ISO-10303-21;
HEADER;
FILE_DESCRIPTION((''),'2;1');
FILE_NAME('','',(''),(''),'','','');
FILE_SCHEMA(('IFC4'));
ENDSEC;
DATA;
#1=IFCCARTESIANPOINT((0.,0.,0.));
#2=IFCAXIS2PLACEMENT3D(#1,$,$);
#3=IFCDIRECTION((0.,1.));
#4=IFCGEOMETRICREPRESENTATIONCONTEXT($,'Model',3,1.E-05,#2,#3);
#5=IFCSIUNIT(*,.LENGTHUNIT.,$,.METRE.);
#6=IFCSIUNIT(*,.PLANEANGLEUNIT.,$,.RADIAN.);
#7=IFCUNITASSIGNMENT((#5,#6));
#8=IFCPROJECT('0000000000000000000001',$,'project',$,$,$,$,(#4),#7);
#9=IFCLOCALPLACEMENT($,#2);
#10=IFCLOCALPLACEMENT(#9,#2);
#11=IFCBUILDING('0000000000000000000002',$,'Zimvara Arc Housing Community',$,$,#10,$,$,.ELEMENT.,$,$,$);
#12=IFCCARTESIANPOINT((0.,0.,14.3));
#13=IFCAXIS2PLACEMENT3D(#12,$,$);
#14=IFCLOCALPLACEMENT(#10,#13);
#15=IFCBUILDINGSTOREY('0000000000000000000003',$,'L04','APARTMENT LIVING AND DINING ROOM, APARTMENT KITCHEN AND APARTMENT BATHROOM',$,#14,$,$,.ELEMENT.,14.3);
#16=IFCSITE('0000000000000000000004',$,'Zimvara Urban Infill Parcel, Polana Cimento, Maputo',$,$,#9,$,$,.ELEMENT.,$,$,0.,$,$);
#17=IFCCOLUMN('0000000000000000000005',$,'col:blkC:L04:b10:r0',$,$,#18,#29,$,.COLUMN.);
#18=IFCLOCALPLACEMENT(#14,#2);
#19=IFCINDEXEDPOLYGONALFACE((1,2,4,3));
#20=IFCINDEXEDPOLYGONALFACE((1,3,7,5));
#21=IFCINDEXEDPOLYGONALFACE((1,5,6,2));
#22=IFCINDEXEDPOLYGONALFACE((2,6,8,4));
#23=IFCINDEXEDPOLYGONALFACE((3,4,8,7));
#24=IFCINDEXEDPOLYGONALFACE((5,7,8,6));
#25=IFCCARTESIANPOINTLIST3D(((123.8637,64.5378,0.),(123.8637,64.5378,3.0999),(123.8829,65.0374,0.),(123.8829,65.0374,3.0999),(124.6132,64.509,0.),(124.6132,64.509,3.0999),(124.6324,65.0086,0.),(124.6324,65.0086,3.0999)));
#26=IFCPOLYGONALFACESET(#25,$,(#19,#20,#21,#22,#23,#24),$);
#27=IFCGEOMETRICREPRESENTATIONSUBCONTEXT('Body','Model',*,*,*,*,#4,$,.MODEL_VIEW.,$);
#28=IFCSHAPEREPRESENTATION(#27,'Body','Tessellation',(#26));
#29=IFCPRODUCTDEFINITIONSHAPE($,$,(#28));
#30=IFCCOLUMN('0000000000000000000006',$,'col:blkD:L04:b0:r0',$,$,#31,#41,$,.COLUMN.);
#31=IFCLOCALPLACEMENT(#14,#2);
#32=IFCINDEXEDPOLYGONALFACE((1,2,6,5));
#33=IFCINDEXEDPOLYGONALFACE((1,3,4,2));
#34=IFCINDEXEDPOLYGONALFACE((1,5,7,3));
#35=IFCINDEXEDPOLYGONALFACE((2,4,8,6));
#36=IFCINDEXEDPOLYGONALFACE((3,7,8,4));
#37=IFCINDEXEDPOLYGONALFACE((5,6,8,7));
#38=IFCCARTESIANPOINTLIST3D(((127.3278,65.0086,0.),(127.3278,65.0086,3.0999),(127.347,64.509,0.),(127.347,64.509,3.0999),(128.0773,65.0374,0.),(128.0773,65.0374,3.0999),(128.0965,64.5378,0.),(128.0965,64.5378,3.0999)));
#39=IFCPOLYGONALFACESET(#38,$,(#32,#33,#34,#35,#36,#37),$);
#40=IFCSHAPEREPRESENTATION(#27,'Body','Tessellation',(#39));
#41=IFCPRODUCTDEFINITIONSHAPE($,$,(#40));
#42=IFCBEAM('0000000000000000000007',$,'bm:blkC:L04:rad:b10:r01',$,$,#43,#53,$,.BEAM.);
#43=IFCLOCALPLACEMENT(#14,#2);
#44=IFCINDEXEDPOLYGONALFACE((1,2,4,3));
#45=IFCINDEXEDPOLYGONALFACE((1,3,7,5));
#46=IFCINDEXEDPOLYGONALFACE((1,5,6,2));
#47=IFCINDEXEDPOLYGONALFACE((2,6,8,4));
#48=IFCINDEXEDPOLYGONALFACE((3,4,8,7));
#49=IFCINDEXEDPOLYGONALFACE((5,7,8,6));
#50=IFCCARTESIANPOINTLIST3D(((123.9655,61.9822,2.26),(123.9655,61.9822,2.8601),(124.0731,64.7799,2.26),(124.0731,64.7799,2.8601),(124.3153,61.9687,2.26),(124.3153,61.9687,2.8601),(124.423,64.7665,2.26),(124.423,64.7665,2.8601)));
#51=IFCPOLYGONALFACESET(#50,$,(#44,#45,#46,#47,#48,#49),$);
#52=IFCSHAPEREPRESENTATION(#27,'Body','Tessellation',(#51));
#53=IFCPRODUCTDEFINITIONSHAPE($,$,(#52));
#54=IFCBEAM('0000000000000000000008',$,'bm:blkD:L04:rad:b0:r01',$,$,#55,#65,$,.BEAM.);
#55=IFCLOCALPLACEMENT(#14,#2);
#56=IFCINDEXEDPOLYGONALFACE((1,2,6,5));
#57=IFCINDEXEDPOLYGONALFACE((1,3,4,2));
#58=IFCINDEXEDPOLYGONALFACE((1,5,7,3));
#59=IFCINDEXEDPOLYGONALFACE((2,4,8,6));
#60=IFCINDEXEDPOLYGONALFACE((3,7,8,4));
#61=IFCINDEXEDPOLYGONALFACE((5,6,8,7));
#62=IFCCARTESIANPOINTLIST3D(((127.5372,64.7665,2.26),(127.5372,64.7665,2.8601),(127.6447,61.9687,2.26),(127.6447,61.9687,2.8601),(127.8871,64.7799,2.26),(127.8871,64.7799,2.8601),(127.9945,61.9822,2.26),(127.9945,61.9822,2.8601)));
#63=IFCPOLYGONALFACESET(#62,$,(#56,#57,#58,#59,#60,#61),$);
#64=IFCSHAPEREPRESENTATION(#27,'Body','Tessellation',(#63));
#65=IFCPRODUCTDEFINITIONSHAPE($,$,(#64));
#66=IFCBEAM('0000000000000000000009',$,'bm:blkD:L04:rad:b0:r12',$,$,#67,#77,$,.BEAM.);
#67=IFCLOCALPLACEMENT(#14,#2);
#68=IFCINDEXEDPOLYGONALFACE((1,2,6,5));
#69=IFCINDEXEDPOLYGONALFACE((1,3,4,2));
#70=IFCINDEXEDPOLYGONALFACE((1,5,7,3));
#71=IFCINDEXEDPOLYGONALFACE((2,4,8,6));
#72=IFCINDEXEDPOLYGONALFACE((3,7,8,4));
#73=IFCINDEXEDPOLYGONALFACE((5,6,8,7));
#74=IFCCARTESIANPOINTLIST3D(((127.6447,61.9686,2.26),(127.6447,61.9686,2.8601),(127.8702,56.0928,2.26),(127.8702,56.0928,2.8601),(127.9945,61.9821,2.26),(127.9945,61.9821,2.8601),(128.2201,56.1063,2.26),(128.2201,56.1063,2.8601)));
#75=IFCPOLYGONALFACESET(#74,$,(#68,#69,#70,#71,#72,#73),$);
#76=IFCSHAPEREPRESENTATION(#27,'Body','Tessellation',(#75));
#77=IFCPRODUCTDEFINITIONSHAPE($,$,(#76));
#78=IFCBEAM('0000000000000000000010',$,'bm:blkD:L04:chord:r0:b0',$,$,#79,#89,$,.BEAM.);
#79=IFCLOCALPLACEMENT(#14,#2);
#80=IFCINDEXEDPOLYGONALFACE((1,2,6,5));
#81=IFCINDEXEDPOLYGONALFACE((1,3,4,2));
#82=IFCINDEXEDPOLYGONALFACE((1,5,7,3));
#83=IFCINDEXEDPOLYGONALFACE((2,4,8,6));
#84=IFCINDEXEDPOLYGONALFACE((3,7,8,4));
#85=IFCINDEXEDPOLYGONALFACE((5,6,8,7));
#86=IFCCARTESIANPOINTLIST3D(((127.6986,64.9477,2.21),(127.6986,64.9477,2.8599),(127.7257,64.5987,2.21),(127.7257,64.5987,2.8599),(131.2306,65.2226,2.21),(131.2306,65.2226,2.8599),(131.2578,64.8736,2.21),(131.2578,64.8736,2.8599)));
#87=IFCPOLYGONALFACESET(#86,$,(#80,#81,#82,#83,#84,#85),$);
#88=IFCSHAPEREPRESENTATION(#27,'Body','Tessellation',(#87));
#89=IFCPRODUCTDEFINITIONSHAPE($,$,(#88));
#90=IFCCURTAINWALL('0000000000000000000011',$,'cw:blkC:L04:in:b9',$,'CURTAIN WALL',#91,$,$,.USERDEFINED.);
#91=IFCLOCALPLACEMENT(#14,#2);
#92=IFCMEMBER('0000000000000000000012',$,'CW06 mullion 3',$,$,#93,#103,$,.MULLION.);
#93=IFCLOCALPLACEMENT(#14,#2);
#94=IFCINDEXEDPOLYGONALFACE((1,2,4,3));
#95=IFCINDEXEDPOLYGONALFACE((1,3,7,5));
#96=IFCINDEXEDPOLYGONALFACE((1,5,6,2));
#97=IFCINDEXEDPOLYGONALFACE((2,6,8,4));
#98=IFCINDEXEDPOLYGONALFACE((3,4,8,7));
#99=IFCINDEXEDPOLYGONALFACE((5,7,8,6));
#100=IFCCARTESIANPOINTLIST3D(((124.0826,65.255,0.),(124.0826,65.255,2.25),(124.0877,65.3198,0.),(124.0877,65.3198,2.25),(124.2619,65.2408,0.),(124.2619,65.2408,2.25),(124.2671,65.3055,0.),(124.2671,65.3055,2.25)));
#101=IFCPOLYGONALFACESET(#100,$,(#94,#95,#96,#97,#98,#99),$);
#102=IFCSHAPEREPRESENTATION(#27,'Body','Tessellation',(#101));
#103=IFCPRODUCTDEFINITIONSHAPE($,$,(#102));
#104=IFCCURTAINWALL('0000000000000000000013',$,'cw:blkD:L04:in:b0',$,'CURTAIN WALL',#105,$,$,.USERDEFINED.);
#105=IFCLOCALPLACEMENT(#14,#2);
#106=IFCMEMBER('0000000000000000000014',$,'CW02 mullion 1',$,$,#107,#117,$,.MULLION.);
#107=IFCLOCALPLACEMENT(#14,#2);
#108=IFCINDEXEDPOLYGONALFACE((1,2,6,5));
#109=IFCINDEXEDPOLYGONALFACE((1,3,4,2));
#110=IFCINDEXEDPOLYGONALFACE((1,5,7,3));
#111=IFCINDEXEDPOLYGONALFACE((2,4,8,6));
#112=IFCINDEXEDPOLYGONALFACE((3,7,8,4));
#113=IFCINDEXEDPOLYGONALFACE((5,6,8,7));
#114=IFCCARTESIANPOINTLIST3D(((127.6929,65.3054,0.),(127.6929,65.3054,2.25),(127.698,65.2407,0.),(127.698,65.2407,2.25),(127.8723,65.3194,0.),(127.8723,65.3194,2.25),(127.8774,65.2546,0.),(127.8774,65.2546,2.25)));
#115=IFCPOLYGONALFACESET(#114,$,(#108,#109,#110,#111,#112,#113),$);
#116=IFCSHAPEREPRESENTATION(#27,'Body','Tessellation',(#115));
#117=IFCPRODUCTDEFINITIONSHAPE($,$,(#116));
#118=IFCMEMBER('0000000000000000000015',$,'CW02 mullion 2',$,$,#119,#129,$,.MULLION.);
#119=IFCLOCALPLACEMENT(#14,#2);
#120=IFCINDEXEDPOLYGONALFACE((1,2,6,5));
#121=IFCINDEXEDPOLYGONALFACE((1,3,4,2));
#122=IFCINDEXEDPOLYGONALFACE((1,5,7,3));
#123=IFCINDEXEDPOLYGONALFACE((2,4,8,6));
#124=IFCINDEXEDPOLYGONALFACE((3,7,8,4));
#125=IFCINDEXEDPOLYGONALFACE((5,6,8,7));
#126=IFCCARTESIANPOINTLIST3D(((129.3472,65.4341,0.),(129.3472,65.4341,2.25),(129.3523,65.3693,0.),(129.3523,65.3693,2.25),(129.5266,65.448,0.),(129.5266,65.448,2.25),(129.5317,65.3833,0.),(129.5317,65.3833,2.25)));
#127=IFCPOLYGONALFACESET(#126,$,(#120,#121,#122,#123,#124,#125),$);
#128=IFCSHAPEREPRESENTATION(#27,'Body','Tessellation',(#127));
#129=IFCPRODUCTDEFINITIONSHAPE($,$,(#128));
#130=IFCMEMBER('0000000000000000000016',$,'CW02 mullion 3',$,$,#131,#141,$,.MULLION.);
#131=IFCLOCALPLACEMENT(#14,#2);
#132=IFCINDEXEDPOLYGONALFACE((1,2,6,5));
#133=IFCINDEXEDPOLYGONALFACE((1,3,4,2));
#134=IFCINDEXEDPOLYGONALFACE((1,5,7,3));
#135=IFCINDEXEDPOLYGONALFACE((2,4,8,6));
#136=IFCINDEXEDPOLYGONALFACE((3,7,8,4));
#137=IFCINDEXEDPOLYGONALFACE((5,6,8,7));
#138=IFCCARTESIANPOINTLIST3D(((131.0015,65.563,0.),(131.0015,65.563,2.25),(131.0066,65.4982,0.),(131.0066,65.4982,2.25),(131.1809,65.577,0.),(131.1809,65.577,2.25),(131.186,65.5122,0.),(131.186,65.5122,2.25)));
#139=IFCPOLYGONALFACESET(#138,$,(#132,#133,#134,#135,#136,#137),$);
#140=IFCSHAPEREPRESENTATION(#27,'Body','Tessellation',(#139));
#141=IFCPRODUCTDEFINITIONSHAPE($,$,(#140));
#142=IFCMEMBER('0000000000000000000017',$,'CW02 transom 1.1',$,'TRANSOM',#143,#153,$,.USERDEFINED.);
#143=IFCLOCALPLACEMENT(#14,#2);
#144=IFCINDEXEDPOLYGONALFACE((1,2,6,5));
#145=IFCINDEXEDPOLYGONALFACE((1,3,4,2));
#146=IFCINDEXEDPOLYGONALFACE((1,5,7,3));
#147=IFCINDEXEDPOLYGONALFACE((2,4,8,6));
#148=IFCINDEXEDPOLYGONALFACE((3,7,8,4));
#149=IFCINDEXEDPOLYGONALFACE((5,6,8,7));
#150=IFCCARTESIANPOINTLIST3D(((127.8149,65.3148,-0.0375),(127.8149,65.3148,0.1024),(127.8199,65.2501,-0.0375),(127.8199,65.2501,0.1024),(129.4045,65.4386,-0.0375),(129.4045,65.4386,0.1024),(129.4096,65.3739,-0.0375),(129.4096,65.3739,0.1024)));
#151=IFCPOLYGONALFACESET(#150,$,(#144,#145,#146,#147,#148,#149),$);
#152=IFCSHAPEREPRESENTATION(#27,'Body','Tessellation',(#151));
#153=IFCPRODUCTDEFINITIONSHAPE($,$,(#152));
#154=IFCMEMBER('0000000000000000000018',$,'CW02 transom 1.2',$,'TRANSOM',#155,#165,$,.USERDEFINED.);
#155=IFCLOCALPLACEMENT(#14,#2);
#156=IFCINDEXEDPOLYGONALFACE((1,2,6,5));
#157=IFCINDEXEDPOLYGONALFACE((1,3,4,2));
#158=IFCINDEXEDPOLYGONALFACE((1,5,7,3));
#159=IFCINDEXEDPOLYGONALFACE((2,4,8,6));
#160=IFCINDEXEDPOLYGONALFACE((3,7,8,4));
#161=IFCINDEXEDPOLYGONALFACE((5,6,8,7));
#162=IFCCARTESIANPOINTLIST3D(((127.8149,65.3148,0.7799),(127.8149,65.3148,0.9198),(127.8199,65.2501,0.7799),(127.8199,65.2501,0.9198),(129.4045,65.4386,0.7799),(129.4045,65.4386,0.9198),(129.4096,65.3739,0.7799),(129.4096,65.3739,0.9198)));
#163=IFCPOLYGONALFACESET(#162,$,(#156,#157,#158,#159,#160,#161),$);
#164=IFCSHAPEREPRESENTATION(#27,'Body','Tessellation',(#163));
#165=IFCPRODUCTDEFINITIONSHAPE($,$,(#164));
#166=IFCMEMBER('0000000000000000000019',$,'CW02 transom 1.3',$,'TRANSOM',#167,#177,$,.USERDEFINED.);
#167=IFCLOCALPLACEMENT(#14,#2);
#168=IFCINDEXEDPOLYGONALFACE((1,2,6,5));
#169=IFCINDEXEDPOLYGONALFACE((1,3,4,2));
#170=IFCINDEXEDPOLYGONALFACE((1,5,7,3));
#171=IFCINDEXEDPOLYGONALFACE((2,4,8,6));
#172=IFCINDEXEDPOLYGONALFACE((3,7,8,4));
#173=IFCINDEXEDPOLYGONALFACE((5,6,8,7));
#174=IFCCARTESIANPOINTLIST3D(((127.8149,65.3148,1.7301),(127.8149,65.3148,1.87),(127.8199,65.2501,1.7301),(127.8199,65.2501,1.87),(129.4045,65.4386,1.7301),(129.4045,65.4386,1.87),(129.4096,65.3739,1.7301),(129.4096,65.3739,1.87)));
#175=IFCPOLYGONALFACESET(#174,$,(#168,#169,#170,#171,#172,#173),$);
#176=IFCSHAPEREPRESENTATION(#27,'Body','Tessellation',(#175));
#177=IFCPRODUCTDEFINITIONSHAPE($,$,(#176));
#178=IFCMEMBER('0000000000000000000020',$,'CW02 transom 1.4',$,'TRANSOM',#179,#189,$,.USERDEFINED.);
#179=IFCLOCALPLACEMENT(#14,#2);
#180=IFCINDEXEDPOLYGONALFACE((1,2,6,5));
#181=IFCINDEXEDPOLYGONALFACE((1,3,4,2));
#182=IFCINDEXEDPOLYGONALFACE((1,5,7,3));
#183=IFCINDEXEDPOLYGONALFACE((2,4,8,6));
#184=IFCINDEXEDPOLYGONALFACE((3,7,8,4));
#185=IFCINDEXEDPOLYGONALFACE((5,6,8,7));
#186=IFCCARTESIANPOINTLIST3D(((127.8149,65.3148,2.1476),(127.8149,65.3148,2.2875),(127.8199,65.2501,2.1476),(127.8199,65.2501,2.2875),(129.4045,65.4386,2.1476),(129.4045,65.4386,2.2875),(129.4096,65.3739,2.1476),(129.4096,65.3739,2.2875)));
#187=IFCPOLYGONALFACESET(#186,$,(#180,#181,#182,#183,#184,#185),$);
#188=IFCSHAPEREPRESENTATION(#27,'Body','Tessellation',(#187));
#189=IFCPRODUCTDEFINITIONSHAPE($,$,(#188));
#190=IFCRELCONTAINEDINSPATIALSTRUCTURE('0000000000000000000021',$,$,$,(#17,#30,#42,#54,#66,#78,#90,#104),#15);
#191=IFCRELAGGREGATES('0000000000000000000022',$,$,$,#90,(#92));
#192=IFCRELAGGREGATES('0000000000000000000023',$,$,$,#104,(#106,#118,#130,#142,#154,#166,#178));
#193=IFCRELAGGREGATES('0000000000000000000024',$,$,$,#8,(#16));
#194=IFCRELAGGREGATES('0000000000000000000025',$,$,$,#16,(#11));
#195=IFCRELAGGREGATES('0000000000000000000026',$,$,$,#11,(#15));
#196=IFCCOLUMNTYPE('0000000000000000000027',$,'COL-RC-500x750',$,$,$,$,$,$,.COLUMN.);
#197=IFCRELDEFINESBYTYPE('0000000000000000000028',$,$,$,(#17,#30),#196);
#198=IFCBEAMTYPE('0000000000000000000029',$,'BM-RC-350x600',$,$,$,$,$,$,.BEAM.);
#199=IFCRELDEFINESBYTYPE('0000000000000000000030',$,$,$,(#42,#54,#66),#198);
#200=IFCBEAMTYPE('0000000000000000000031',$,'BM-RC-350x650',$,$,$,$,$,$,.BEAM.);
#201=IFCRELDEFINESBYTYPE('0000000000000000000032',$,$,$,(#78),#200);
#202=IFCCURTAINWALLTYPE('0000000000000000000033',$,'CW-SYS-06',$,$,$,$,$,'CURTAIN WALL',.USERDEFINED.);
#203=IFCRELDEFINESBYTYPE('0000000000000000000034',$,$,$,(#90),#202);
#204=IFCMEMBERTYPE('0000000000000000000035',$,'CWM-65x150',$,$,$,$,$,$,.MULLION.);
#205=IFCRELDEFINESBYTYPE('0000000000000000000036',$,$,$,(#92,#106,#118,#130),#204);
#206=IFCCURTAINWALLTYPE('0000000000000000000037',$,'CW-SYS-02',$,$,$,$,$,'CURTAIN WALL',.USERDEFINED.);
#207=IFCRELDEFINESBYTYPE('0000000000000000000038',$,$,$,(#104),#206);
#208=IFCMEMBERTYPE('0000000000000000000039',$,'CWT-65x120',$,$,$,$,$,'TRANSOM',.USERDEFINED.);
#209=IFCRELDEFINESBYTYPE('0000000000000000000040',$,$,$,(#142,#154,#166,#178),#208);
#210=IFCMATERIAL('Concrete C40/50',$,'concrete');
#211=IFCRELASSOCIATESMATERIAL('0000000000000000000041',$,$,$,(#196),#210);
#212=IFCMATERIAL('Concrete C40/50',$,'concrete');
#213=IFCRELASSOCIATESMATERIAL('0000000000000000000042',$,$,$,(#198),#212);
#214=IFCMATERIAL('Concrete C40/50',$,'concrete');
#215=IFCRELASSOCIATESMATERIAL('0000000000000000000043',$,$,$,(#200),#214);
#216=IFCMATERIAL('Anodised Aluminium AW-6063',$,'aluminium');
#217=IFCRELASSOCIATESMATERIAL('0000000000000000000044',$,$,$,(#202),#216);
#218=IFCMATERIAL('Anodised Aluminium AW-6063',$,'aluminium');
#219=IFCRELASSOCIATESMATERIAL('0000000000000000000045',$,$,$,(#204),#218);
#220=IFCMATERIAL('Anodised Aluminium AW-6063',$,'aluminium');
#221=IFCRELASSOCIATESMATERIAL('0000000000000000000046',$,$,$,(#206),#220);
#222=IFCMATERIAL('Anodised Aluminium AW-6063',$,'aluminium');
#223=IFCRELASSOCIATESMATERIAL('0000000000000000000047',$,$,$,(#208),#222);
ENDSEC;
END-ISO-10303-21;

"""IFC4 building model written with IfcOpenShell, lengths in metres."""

from ifc_helpers import new_model, si_unit, direction, frame, origin, origin_2d, place, context, subcontext, project, spatial, rectangle, extrude, material, material_profile, profile_set, type_object, element, aggregate, save


model = new_model("IFC4")

# Units and contexts
model_context = context("Model", 3, precision=1e-05, world=origin(), true_north=direction((0.0, 1.0)))
body_context = subcontext(model_context, "Body", "Model", "MODEL_VIEW")
ifc_project = project(units=[si_unit("LENGTHUNIT", "METRE"), si_unit("PLANEANGLEUNIT", "RADIAN")], contexts=[model_context])

# Site, building, storey
site_placement = place(None, origin())
site = spatial("IfcSite", under=ifc_project, at=site_placement, Name="Zimvara Urban Infill Parcel, Polana Cimento, Maputo", CompositionType="ELEMENT", RefElevation=0.0)
building_placement = place(site_placement, origin())
building = spatial("IfcBuilding", under=site, at=building_placement, Name="Zimvara Arc Housing Community", CompositionType="ELEMENT")
storey_placement = place(building_placement, frame((0.0, 0.0, 14.3)))
storey = spatial("IfcBuildingStorey", under=building, at=storey_placement, Name="L04", Description="APARTMENT LIVING AND DINING ROOM, APARTMENT KITCHEN AND APARTMENT BATHROOM", CompositionType="ELEMENT", Elevation=14.3)

# Columns
ifc_material_1 = material(Name="Concrete C40/50", Category="concrete")
ifc_material_profile_1 = material_profile(ifc_material_1, rectangle(XDim=0.5, YDim=0.75, at=origin_2d()), Name="RC 500x750")
ifc_profile_set_1 = profile_set([ifc_material_profile_1], Name="Concrete C40/50")
column_type = type_object("IfcColumnType", Name="COL-RC-500x750", PredefinedType="COLUMN", material=ifc_profile_set_1)
for number, where, z_axis, x_axis, name in (
    (1, (124.248, 64.7732, 0.0), (0.0, 0.0, 1.0), (-0.038388, -0.999263, 0.0), "col:blkC:L04:b10:r0"),
    (2, (127.7122, 64.7732, 0.0), (0.0, 0.0, 1.0), (0.038388, -0.999263, 0.0), "col:blkD:L04:b0:r0"),
):
    element("IfcColumn", number, at=place(storey_placement, frame(where, z_axis=z_axis, x_axis=x_axis)), inside=storey, type_object=column_type, Name=name, PredefinedType="COLUMN", context=body_context, shape_type="SweptSolid", body=[
        extrude(rectangle(XDim=0.5, YDim=0.75, at=origin_2d()), origin(), (0.0, 0.0, 1.0), 3.0999),
    ])

# Beams
ifc_material_2 = material(Name="Concrete C40/50", Category="concrete")
ifc_material_profile_2 = material_profile(ifc_material_2, rectangle(XDim=0.3501, YDim=0.6001, at=origin_2d()), Name="RC 350x600")
ifc_profile_set_2 = profile_set([ifc_material_profile_2], Name="Concrete C40/50")
beam_type_1 = type_object("IfcBeamType", Name="BM-RC-350x600", PredefinedType="BEAM", material=ifc_profile_set_2)
for number, where, z_axis, x_axis, name in (
    (3, (124.248, 64.7732, 2.5601), (-0.038453, -0.99926, 0.0), (0.99926, -0.038453, 0.0), "bm:blkC:L04:rad:b10:r01"),
    (4, (127.7122, 64.7732, 2.5601), (0.038366, -0.999264, 0.0), (0.999264, 0.038366, 0.0), "bm:blkD:L04:rad:b0:r01"),
):
    element("IfcBeam", number, at=place(storey_placement, frame(where, z_axis=z_axis, x_axis=x_axis)), inside=storey, type_object=beam_type_1, Name=name, PredefinedType="BEAM", context=body_context, shape_type="SweptSolid", body=[
        extrude(rectangle(XDim=0.3501, YDim=0.6001, at=origin_2d()), origin(), (0.0, 0.0, 1.0), 2.7998),
    ])
beam_1_placement = place(storey_placement, frame((127.8196, 61.9753, 2.5601), z_axis=(0.038365, -0.999264, 0.0), x_axis=(0.999264, 0.038365, 0.0)))
element("IfcBeam", 5, at=beam_1_placement, inside=storey, type_object=beam_type_1, Name="bm:blkD:L04:rad:b0:r12", PredefinedType="BEAM", context=body_context, shape_type="SweptSolid", body=[
    extrude(rectangle(XDim=0.3501, YDim=0.6001, at=origin_2d()), origin(), (0.0, 0.0, 1.0), 5.8801),
])
ifc_material_3 = material(Name="Concrete C40/50", Category="concrete")
ifc_material_profile_3 = material_profile(ifc_material_3, rectangle(XDim=0.3501, YDim=0.6499, at=origin_2d()), Name="RC 350x650")
ifc_profile_set_3 = profile_set([ifc_material_profile_3], Name="Concrete C40/50")
beam_type_2 = type_object("IfcBeamType", Name="BM-RC-350x650", PredefinedType="BEAM", material=ifc_profile_set_3)
beam_2_placement = place(storey_placement, frame((127.7122, 64.7732, 2.5349), z_axis=(0.996985, 0.077598, 0.0), x_axis=(-0.077598, 0.996985, 0.0)))
element("IfcBeam", 6, at=beam_2_placement, inside=storey, type_object=beam_type_2, Name="bm:blkD:L04:chord:r0:b0", PredefinedType="BEAM", context=body_context, shape_type="SweptSolid", body=[
    extrude(rectangle(XDim=0.3501, YDim=0.6499, at=origin_2d()), origin(), (0.0, 0.0, 1.0), 3.5427),
])

# Curtain wall, member
ifc_material_4 = material(Name="Anodised Aluminium AW-6063", Category="aluminium")
curtain_wall_type_1 = type_object("IfcCurtainWallType", Name="CW-SYS-06", ElementType="CURTAIN WALL", PredefinedType="USERDEFINED", material=ifc_material_4)
curtain_wall_1_placement = place(storey_placement, origin())
curtain_wall_1 = element("IfcCurtainWall", 7, at=curtain_wall_1_placement, inside=storey, type_object=curtain_wall_type_1, Name="cw:blkC:L04:in:b9", ObjectType="CURTAIN WALL", PredefinedType="USERDEFINED")
ifc_material_5 = material(Name="Anodised Aluminium AW-6063", Category="aluminium")
ifc_material_profile_4 = material_profile(ifc_material_5, rectangle(XDim=0.0649, YDim=0.1799, at=origin_2d()), Name="ALU 65x180")
ifc_profile_set_4 = profile_set([ifc_material_profile_4], Name="Anodised Aluminium AW-6063")
member_type_1 = type_object("IfcMemberType", Name="CWM-65x150", PredefinedType="MULLION", material=ifc_profile_set_4)
member_1_placement = place(storey_placement, frame((124.1748, 65.2803, 0.0), z_axis=(0.0, 0.0, 1.0), x_axis=(0.079155, 0.996862, 0.0)))
member_1 = element("IfcMember", 8, at=member_1_placement, type_object=member_type_1, Name="CW06 mullion 3", PredefinedType="MULLION", context=body_context, shape_type="SweptSolid", body=[
    extrude(rectangle(XDim=0.0649, YDim=0.1799, at=origin_2d()), origin(), (0.0, 0.0, 1.0), 2.25),
])
aggregate(curtain_wall_1, [member_1])

# Curtain wall, members
ifc_material_6 = material(Name="Anodised Aluminium AW-6063", Category="aluminium")
curtain_wall_type_2 = type_object("IfcCurtainWallType", Name="CW-SYS-02", ElementType="CURTAIN WALL", PredefinedType="USERDEFINED", material=ifc_material_6)
curtain_wall_2_placement = place(storey_placement, origin())
curtain_wall_2 = element("IfcCurtainWall", 9, at=curtain_wall_2_placement, inside=storey, type_object=curtain_wall_type_2, Name="cw:blkD:L04:in:b0", ObjectType="CURTAIN WALL", PredefinedType="USERDEFINED")
member_2_placement = place(storey_placement, frame((127.7852, 65.28, 0.0), z_axis=(0.0, 0.0, 1.0), x_axis=(-0.07759, 0.996985, 0.0)))
member_2 = element("IfcMember", 10, at=member_2_placement, type_object=member_type_1, Name="CW02 mullion 1", PredefinedType="MULLION", context=body_context, shape_type="SweptSolid", body=[
    extrude(rectangle(XDim=0.0649, YDim=0.1799, at=origin_2d()), origin(), (0.0, 0.0, 1.0), 2.25),
])
member_3_placement = place(storey_placement, frame((129.4395, 65.4087, 0.0), z_axis=(0.0, 0.0, 1.0), x_axis=(-0.07759, 0.996985, 0.0)))
member_3 = element("IfcMember", 11, at=member_3_placement, type_object=member_type_1, Name="CW02 mullion 2", PredefinedType="MULLION", context=body_context, shape_type="SweptSolid", body=[
    extrude(rectangle(XDim=0.0649, YDim=0.1799, at=origin_2d()), origin(), (0.0, 0.0, 1.0), 2.25),
])
member_4_placement = place(storey_placement, frame((131.0938, 65.5376, 0.0), z_axis=(0.0, 0.0, 1.0), x_axis=(-0.07759, 0.996985, 0.0)))
member_4 = element("IfcMember", 12, at=member_4_placement, type_object=member_type_1, Name="CW02 mullion 3", PredefinedType="MULLION", context=body_context, shape_type="SweptSolid", body=[
    extrude(rectangle(XDim=0.0649, YDim=0.1799, at=origin_2d()), origin(), (0.0, 0.0, 1.0), 2.25),
])
ifc_material_7 = material(Name="Anodised Aluminium AW-6063", Category="aluminium")
ifc_material_profile_5 = material_profile(ifc_material_7, rectangle(XDim=0.0649, YDim=0.1399, at=origin_2d()), Name="ALU 65x140")
ifc_profile_set_5 = profile_set([ifc_material_profile_5], Name="Anodised Aluminium AW-6063")
member_type_2 = type_object("IfcMemberType", Name="CWT-65x120", ElementType="TRANSOM", PredefinedType="USERDEFINED", material=ifc_profile_set_5)
member_5_placement = place(storey_placement, frame((127.8174, 65.2825, 0.0325), z_axis=(0.996982, 0.077633, 0.0), x_axis=(-0.077633, 0.996982, 0.0)))
member_5 = element("IfcMember", 13, at=member_5_placement, type_object=member_type_2, Name="CW02 transom 1.1", ObjectType="TRANSOM", PredefinedType="USERDEFINED", context=body_context, shape_type="SweptSolid", body=[
    extrude(rectangle(XDim=0.0649, YDim=0.1399, at=origin_2d()), origin(), (0.0, 0.0, 1.0), 1.5945),
])
member_6_placement = place(storey_placement, frame((127.8174, 65.2825, 0.8499), z_axis=(0.996982, 0.077633, 0.0), x_axis=(-0.077633, 0.996982, 0.0)))
member_6 = element("IfcMember", 14, at=member_6_placement, type_object=member_type_2, Name="CW02 transom 1.2", ObjectType="TRANSOM", PredefinedType="USERDEFINED", context=body_context, shape_type="SweptSolid", body=[
    extrude(rectangle(XDim=0.0649, YDim=0.1399, at=origin_2d()), origin(), (0.0, 0.0, 1.0), 1.5945),
])
member_7_placement = place(storey_placement, frame((127.8174, 65.2825, 1.8), z_axis=(0.996982, 0.077633, 0.0), x_axis=(-0.077633, 0.996982, 0.0)))
member_7 = element("IfcMember", 15, at=member_7_placement, type_object=member_type_2, Name="CW02 transom 1.3", ObjectType="TRANSOM", PredefinedType="USERDEFINED", context=body_context, shape_type="SweptSolid", body=[
    extrude(rectangle(XDim=0.0649, YDim=0.1399, at=origin_2d()), origin(), (0.0, 0.0, 1.0), 1.5945),
])
member_8_placement = place(storey_placement, frame((127.8174, 65.2825, 2.2175), z_axis=(0.996982, 0.077633, 0.0), x_axis=(-0.077633, 0.996982, 0.0)))
member_8 = element("IfcMember", 16, at=member_8_placement, type_object=member_type_2, Name="CW02 transom 1.4", ObjectType="TRANSOM", PredefinedType="USERDEFINED", context=body_context, shape_type="SweptSolid", body=[
    extrude(rectangle(XDim=0.0649, YDim=0.1399, at=origin_2d()), origin(), (0.0, 0.0, 1.0), 1.5945),
])
aggregate(curtain_wall_2, [member_2, member_3, member_4, member_5, member_6, member_7, member_8])

save(model, "model.ifc")
